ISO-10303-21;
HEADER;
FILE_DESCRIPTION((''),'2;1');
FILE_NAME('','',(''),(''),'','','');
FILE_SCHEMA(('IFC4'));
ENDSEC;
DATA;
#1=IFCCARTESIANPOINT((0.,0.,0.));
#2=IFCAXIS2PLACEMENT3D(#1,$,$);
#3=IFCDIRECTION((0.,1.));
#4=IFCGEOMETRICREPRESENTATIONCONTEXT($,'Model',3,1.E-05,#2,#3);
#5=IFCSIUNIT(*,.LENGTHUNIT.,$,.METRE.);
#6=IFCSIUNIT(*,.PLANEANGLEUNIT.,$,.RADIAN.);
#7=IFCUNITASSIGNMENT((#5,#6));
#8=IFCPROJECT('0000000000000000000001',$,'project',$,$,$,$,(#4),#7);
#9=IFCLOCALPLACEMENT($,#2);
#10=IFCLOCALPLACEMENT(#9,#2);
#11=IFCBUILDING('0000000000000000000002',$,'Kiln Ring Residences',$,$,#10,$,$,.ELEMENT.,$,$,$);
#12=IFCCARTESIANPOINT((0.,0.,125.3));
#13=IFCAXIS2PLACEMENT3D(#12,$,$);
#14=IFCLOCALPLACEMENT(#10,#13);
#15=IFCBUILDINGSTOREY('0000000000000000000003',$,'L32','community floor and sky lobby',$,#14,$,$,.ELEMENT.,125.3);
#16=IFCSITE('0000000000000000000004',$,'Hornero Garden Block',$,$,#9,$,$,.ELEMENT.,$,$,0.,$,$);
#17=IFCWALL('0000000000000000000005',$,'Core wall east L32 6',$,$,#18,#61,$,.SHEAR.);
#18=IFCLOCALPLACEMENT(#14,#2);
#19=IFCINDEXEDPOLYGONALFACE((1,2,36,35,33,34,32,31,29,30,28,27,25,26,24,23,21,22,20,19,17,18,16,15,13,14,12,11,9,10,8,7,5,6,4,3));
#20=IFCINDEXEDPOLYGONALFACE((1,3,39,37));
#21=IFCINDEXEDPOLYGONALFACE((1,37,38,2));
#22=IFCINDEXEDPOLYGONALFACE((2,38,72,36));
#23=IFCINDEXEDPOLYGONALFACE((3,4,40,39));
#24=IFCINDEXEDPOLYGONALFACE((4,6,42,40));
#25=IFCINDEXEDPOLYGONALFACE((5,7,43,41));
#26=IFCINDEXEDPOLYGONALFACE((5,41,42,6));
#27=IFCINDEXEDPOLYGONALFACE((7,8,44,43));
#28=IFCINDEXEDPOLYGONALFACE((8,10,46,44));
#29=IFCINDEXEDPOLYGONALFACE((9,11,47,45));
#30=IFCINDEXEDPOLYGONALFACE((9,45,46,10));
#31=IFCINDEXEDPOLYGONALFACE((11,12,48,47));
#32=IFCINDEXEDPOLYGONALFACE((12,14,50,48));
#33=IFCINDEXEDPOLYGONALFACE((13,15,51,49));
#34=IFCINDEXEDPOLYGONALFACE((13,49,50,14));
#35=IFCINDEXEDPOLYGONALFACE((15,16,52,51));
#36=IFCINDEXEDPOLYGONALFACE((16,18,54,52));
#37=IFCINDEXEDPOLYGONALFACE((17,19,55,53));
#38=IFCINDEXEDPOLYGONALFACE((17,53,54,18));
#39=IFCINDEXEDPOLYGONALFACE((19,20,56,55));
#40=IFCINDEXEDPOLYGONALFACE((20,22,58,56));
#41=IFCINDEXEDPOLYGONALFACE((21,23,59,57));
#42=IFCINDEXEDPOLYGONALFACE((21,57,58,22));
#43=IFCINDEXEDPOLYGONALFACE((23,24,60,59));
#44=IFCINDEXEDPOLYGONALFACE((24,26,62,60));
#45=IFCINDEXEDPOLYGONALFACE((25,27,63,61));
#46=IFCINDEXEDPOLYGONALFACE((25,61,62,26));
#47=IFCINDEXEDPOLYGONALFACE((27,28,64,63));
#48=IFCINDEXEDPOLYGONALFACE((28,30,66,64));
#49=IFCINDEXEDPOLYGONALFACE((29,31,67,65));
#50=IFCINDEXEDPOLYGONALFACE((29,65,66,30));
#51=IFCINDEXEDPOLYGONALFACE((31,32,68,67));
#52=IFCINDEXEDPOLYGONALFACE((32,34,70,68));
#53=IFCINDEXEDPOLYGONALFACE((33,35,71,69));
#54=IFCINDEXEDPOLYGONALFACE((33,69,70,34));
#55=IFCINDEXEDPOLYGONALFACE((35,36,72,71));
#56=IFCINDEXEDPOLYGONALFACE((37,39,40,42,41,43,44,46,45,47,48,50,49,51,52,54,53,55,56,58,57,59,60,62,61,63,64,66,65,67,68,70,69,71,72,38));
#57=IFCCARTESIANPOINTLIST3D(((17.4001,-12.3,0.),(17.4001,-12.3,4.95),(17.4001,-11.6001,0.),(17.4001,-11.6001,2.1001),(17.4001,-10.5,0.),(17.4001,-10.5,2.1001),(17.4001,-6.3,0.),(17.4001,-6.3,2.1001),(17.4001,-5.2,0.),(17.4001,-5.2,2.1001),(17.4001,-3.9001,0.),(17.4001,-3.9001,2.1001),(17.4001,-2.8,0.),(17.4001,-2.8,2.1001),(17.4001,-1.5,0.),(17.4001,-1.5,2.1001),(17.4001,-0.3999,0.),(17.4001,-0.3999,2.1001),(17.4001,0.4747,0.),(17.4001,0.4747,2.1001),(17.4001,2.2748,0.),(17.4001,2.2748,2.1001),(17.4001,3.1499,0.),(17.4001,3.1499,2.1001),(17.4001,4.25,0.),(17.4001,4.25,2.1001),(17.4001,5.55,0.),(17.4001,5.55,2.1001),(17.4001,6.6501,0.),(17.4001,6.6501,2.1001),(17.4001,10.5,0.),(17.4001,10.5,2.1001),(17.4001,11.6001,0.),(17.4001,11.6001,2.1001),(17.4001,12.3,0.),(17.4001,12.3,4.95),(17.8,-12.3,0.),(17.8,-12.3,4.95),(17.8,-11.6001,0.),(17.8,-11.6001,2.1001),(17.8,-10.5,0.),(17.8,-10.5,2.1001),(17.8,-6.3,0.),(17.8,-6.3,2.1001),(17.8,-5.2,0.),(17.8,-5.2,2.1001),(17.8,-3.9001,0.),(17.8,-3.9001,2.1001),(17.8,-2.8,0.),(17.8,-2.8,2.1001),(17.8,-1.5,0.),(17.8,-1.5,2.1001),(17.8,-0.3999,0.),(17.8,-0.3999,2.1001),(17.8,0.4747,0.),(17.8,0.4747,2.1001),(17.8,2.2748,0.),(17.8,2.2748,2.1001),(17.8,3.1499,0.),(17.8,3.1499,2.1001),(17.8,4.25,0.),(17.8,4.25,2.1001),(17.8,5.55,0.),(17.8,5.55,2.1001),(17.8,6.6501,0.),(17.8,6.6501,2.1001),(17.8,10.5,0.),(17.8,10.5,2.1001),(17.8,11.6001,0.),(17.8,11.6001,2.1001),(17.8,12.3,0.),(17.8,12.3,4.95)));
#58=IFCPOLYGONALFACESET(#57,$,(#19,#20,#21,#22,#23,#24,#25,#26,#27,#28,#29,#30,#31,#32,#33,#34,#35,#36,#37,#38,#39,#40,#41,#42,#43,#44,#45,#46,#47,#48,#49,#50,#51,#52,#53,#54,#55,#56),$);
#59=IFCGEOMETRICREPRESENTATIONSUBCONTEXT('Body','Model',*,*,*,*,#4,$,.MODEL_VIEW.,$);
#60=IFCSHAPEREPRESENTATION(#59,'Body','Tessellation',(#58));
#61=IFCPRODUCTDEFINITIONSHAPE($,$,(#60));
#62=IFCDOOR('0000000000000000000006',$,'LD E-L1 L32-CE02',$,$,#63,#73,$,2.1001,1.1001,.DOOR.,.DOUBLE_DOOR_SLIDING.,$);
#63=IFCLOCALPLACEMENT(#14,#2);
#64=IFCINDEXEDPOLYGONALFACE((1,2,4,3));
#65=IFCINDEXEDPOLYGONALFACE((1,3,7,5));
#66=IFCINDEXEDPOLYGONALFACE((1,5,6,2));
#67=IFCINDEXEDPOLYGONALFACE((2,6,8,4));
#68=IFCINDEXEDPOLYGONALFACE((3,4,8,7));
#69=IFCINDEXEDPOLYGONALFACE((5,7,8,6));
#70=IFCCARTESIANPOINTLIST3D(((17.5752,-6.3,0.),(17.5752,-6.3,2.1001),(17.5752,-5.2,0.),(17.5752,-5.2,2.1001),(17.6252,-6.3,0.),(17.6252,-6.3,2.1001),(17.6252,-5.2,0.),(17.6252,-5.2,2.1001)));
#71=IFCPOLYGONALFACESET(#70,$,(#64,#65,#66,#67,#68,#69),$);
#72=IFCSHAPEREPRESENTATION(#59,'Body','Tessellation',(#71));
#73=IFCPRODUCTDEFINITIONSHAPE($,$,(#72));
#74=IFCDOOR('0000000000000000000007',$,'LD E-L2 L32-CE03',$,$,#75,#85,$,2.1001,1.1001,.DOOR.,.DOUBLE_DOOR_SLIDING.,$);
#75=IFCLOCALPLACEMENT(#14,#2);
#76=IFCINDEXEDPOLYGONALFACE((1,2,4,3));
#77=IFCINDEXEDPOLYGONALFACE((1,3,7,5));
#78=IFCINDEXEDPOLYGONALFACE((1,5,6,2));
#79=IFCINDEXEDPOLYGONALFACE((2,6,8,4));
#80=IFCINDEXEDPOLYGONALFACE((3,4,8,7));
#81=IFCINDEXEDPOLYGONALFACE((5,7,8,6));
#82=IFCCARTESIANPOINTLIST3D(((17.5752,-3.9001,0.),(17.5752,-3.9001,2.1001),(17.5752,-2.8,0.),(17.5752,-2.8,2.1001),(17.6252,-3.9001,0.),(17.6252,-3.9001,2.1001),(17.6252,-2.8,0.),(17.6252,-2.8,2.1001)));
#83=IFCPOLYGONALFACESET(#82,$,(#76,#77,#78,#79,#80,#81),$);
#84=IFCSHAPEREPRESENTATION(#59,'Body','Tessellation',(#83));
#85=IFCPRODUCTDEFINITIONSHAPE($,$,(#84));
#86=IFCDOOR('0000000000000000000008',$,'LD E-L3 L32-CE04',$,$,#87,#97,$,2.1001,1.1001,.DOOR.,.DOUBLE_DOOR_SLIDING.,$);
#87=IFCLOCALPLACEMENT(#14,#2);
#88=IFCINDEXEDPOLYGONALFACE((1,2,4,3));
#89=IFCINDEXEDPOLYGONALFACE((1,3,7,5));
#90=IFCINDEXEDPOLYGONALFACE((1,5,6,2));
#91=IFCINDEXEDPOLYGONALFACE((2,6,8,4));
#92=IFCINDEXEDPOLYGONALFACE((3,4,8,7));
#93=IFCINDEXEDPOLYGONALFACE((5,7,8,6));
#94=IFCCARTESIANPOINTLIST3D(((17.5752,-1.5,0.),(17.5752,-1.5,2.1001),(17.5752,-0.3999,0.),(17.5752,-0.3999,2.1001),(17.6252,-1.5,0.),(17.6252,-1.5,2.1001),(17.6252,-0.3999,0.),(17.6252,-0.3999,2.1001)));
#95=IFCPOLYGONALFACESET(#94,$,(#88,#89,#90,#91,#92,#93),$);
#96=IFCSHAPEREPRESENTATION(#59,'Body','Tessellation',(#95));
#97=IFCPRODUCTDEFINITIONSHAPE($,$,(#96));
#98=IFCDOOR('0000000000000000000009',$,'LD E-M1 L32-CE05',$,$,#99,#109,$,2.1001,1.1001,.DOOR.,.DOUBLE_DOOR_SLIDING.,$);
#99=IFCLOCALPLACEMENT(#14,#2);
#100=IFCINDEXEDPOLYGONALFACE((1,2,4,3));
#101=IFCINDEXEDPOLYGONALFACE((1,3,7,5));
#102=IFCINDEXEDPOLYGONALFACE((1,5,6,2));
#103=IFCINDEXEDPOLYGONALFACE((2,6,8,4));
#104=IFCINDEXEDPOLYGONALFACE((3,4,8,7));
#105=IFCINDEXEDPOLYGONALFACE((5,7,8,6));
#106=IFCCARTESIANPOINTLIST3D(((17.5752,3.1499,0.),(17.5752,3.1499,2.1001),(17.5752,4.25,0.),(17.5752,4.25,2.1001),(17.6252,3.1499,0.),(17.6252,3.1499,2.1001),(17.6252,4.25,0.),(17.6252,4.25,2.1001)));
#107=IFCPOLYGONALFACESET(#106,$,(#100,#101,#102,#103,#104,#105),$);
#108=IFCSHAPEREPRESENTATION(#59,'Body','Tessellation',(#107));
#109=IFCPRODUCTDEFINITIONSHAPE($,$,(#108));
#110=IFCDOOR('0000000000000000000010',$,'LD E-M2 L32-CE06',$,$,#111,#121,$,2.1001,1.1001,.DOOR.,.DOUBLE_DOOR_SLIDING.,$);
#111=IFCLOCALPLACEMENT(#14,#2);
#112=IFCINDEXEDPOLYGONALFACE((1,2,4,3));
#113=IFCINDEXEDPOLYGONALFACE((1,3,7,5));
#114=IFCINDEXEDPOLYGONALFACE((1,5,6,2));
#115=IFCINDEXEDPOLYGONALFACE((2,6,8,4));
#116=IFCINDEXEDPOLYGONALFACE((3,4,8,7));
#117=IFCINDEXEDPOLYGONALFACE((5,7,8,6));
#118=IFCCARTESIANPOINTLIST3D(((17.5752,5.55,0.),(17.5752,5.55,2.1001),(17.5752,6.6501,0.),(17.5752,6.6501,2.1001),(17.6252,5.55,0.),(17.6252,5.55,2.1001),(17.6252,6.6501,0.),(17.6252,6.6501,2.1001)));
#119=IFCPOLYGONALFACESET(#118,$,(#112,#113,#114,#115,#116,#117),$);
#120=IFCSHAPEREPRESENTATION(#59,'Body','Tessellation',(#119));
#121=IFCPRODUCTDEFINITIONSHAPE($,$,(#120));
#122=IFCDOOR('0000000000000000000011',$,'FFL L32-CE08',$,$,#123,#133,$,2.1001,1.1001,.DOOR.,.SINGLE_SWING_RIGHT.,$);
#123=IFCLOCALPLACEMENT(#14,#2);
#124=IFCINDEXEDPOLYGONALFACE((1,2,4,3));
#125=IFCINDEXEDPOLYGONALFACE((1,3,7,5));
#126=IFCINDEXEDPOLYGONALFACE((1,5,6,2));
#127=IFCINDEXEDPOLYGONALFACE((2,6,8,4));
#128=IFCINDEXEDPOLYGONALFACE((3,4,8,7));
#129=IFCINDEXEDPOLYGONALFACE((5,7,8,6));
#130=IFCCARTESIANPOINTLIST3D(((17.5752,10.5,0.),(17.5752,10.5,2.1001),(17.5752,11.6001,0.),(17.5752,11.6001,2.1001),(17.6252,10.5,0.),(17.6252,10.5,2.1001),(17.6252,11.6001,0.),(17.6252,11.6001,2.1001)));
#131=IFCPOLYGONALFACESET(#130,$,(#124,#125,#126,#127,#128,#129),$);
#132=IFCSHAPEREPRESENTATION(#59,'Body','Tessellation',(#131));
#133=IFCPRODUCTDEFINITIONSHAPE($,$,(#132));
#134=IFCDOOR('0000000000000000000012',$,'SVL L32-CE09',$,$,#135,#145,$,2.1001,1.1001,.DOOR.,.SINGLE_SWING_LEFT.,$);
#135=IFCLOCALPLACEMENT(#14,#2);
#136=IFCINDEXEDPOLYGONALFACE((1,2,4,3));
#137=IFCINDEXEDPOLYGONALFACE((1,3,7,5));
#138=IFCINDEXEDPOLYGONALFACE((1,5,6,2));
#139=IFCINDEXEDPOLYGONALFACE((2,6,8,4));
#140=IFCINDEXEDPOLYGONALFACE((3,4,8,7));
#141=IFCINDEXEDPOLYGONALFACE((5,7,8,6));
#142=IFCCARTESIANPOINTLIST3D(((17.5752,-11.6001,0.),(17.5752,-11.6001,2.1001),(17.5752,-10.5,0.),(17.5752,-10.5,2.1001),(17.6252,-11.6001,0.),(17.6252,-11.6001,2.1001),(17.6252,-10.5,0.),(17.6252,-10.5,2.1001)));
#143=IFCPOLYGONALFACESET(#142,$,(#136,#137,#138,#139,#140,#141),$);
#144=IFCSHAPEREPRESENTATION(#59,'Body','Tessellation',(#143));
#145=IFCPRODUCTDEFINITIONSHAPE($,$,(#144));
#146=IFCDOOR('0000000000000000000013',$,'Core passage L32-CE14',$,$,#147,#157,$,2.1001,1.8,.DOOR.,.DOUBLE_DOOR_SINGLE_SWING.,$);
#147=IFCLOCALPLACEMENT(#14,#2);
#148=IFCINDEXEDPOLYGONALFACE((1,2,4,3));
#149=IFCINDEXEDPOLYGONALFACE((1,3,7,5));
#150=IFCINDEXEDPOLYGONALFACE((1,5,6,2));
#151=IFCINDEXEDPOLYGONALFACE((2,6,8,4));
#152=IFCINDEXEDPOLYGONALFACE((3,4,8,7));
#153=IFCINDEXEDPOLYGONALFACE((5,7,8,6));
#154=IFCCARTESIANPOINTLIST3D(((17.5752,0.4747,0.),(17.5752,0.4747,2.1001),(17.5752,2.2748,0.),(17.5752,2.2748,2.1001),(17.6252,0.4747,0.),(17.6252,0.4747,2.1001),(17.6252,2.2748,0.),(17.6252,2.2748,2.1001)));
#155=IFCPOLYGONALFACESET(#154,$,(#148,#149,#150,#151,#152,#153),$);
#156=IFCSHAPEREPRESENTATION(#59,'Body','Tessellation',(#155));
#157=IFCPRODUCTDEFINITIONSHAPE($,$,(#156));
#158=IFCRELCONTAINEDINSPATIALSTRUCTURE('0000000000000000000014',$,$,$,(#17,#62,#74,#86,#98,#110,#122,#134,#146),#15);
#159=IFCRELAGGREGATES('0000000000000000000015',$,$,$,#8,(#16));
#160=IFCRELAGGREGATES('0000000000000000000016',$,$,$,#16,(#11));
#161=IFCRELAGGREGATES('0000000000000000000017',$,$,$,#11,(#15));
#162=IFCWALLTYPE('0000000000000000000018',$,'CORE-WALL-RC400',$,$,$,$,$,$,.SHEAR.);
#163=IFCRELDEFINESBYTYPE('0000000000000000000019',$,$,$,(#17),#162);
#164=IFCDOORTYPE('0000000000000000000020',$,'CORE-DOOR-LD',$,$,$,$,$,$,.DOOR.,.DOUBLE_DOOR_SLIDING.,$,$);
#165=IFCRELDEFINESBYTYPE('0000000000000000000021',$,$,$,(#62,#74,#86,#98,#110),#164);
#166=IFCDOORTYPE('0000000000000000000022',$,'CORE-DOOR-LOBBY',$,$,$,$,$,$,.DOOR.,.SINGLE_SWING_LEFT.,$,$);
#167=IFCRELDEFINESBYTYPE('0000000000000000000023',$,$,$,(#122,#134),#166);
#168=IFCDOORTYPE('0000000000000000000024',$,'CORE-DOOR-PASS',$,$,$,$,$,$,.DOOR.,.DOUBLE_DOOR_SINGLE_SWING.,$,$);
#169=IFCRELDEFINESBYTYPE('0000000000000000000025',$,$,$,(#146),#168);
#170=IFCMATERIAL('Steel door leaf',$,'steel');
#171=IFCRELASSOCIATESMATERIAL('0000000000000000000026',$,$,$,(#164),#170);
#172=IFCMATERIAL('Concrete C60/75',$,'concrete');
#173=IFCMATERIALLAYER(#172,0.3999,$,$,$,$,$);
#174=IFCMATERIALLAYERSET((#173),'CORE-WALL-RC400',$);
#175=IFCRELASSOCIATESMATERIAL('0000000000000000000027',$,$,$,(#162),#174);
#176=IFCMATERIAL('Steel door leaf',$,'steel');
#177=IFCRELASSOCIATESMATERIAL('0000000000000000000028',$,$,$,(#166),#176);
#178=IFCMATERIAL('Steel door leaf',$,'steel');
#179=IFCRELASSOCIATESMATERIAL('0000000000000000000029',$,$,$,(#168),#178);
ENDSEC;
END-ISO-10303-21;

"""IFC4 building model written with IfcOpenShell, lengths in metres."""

from ifc_helpers import new_model, si_unit, direction, frame, frame_2d, origin, place, context, subcontext, project, spatial, rectangle, extrude, material, layer, layer_set, type_object, element, fill, save


model = new_model("IFC4")

# Units and contexts
model_context = context("Model", 3, precision=1e-05, world=origin(), true_north=direction((0.0, 1.0)))
body_context = subcontext(model_context, "Body", "Model", "MODEL_VIEW")
ifc_project = project(units=[si_unit("LENGTHUNIT", "METRE"), si_unit("PLANEANGLEUNIT", "RADIAN")], contexts=[model_context])

# Site, building, storey
site_placement = place(None, origin())
site = spatial("IfcSite", under=ifc_project, at=site_placement, Name="Hornero Garden Block", CompositionType="ELEMENT", RefElevation=0.0)
building_placement = place(site_placement, origin())
building = spatial("IfcBuilding", under=site, at=building_placement, Name="Kiln Ring Residences", CompositionType="ELEMENT")
storey_placement = place(building_placement, frame((0.0, 0.0, 125.3)))
storey = spatial("IfcBuildingStorey", under=building, at=storey_placement, Name="L32", Description="community floor and sky lobby", CompositionType="ELEMENT", Elevation=125.3)

# Shared definitions
ifc_material_1 = material(Name="Steel door leaf", Category="steel")
door_type_1 = type_object("IfcDoorType", Name="CORE-DOOR-LD", OperationType="DOUBLE_DOOR_SLIDING", PredefinedType="DOOR", material=ifc_material_1)

# Wall, openings, doors
ifc_material_2 = material(Name="Concrete C60/75", Category="concrete")
ifc_layer_1 = layer(ifc_material_2, 0.3999)
ifc_layer_set_1 = layer_set([ifc_layer_1], Name="CORE-WALL-RC400")
wall_type_1 = type_object("IfcWallType", Name="CORE-WALL-RC400", PredefinedType="SHEAR", material=ifc_layer_set_1)
wall_1_placement = place(storey_placement, frame((17.6001, -12.3, 0.0), z_axis=(0.0, 0.0, 1.0), x_axis=(0.0, 1.0, 0.0)))
wall_1 = element("IfcWall", 1, at=wall_1_placement, inside=storey, type_object=wall_type_1, Name="Core wall east L32 6", PredefinedType="SHEAR", context=body_context, shape_type="SweptSolid", body=[
    extrude(rectangle(XDim=24.6001, YDim=0.3999, at=frame_2d((12.3, 0.0))), origin(), (0.0, 0.0, 1.0), 4.95),
])
opening_1_placement = place(wall_1_placement, frame((6.0, 0.0, 0.0)))
opening_1 = element("IfcOpeningElement", 2, at=opening_1_placement, cuts=wall_1, PredefinedType="OPENING", context=body_context, shape_type="SweptSolid", body=[
    extrude(rectangle(XDim=1.1001, YDim=2.1001, at=frame_2d((0.55, 1.05))), frame((0.0, 0.21, 0.0), z_axis=(0.0, -1.0, 0.0), x_axis=(1.0, 0.0, 0.0)), (0.0, 0.0, 1.0), 0.4199),
])
opening_2_placement = place(wall_1_placement, frame((8.3999, 0.0, 0.0)))
opening_2 = element("IfcOpeningElement", 3, at=opening_2_placement, cuts=wall_1, PredefinedType="OPENING", context=body_context, shape_type="SweptSolid", body=[
    extrude(rectangle(XDim=1.1001, YDim=2.1001, at=frame_2d((0.55, 1.05))), frame((0.0, 0.21, 0.0), z_axis=(0.0, -1.0, 0.0), x_axis=(1.0, 0.0, 0.0)), (0.0, 0.0, 1.0), 0.4199),
])
opening_3_placement = place(wall_1_placement, frame((10.8, 0.0, 0.0)))
opening_3 = element("IfcOpeningElement", 4, at=opening_3_placement, cuts=wall_1, PredefinedType="OPENING", context=body_context, shape_type="SweptSolid", body=[
    extrude(rectangle(XDim=1.1001, YDim=2.1001, at=frame_2d((0.55, 1.05))), frame((0.0, 0.21, 0.0), z_axis=(0.0, -1.0, 0.0), x_axis=(1.0, 0.0, 0.0)), (0.0, 0.0, 1.0), 0.4199),
])
opening_4_placement = place(wall_1_placement, frame((15.45, 0.0, 0.0)))
opening_4 = element("IfcOpeningElement", 5, at=opening_4_placement, cuts=wall_1, PredefinedType="OPENING", context=body_context, shape_type="SweptSolid", body=[
    extrude(rectangle(XDim=1.1001, YDim=2.1001, at=frame_2d((0.55, 1.05))), frame((0.0, 0.21, 0.0), z_axis=(0.0, -1.0, 0.0), x_axis=(1.0, 0.0, 0.0)), (0.0, 0.0, 1.0), 0.4199),
])
opening_5_placement = place(wall_1_placement, frame((17.8501, 0.0, 0.0)))
opening_5 = element("IfcOpeningElement", 6, at=opening_5_placement, cuts=wall_1, PredefinedType="OPENING", context=body_context, shape_type="SweptSolid", body=[
    extrude(rectangle(XDim=1.1001, YDim=2.1001, at=frame_2d((0.55, 1.05))), frame((0.0, 0.21, 0.0), z_axis=(0.0, -1.0, 0.0), x_axis=(1.0, 0.0, 0.0)), (0.0, 0.0, 1.0), 0.4199),
])
opening_6_placement = place(wall_1_placement, frame((22.8, 0.0, 0.0)))
opening_6 = element("IfcOpeningElement", 7, at=opening_6_placement, cuts=wall_1, PredefinedType="OPENING", context=body_context, shape_type="SweptSolid", body=[
    extrude(rectangle(XDim=1.1001, YDim=2.1001, at=frame_2d((0.55, 1.05))), frame((0.0, 0.21, 0.0), z_axis=(0.0, -1.0, 0.0), x_axis=(1.0, 0.0, 0.0)), (0.0, 0.0, 1.0), 0.4199),
])
opening_7_placement = place(wall_1_placement, frame((0.7, 0.0, 0.0)))
opening_7 = element("IfcOpeningElement", 8, at=opening_7_placement, cuts=wall_1, PredefinedType="OPENING", context=body_context, shape_type="SweptSolid", body=[
    extrude(rectangle(XDim=1.1001, YDim=2.1001, at=frame_2d((0.55, 1.05))), frame((0.0, 0.21, 0.0), z_axis=(0.0, -1.0, 0.0), x_axis=(1.0, 0.0, 0.0)), (0.0, 0.0, 1.0), 0.4199),
])
opening_8_placement = place(wall_1_placement, frame((12.7749, 0.0, 0.0)))
opening_8 = element("IfcOpeningElement", 9, at=opening_8_placement, cuts=wall_1, PredefinedType="OPENING", context=body_context, shape_type="SweptSolid", body=[
    extrude(rectangle(XDim=1.8, YDim=2.1001, at=frame_2d((0.8999, 1.05))), frame((0.0, 0.21, 0.0), z_axis=(0.0, -1.0, 0.0), x_axis=(1.0, 0.0, 0.0)), (0.0, 0.0, 1.0), 0.4199),
])
door_1_placement = place(opening_1_placement, origin())
door_1 = element("IfcDoor", 10, at=door_1_placement, inside=storey, type_object=door_type_1, Name="LD E-L1 L32-CE02", OperationType="DOUBLE_DOOR_SLIDING", OverallHeight=2.1001, OverallWidth=1.1001, PredefinedType="DOOR", context=body_context, shape_type="SweptSolid", body=[
    extrude(rectangle(XDim=1.1001, YDim=2.1001, at=frame_2d((0.55, 1.05))), frame((0.0, 0.0249, 0.0), z_axis=(0.0, -1.0, 0.0), x_axis=(1.0, 0.0, 0.0)), (0.0, 0.0, 1.0), 0.05),
])
fill(opening_1, door_1)
door_2_placement = place(opening_2_placement, origin())
door_2 = element("IfcDoor", 11, at=door_2_placement, inside=storey, type_object=door_type_1, Name="LD E-L2 L32-CE03", OperationType="DOUBLE_DOOR_SLIDING", OverallHeight=2.1001, OverallWidth=1.1001, PredefinedType="DOOR", context=body_context, shape_type="SweptSolid", body=[
    extrude(rectangle(XDim=1.1001, YDim=2.1001, at=frame_2d((0.55, 1.05))), frame((0.0, 0.0249, 0.0), z_axis=(0.0, -1.0, 0.0), x_axis=(1.0, 0.0, 0.0)), (0.0, 0.0, 1.0), 0.05),
])
fill(opening_2, door_2)
door_3_placement = place(opening_3_placement, origin())
door_3 = element("IfcDoor", 12, at=door_3_placement, inside=storey, type_object=door_type_1, Name="LD E-L3 L32-CE04", OperationType="DOUBLE_DOOR_SLIDING", OverallHeight=2.1001, OverallWidth=1.1001, PredefinedType="DOOR", context=body_context, shape_type="SweptSolid", body=[
    extrude(rectangle(XDim=1.1001, YDim=2.1001, at=frame_2d((0.55, 1.05))), frame((0.0, 0.0249, 0.0), z_axis=(0.0, -1.0, 0.0), x_axis=(1.0, 0.0, 0.0)), (0.0, 0.0, 1.0), 0.05),
])
fill(opening_3, door_3)
door_4_placement = place(opening_4_placement, origin())
door_4 = element("IfcDoor", 13, at=door_4_placement, inside=storey, type_object=door_type_1, Name="LD E-M1 L32-CE05", OperationType="DOUBLE_DOOR_SLIDING", OverallHeight=2.1001, OverallWidth=1.1001, PredefinedType="DOOR", context=body_context, shape_type="SweptSolid", body=[
    extrude(rectangle(XDim=1.1001, YDim=2.1001, at=frame_2d((0.55, 1.05))), frame((0.0, 0.0249, 0.0), z_axis=(0.0, -1.0, 0.0), x_axis=(1.0, 0.0, 0.0)), (0.0, 0.0, 1.0), 0.05),
])
fill(opening_4, door_4)
door_5_placement = place(opening_5_placement, origin())
door_5 = element("IfcDoor", 14, at=door_5_placement, inside=storey, type_object=door_type_1, Name="LD E-M2 L32-CE06", OperationType="DOUBLE_DOOR_SLIDING", OverallHeight=2.1001, OverallWidth=1.1001, PredefinedType="DOOR", context=body_context, shape_type="SweptSolid", body=[
    extrude(rectangle(XDim=1.1001, YDim=2.1001, at=frame_2d((0.55, 1.05))), frame((0.0, 0.0249, 0.0), z_axis=(0.0, -1.0, 0.0), x_axis=(1.0, 0.0, 0.0)), (0.0, 0.0, 1.0), 0.05),
])
fill(opening_5, door_5)
ifc_material_3 = material(Name="Steel door leaf", Category="steel")
door_type_2 = type_object("IfcDoorType", Name="CORE-DOOR-LOBBY", OperationType="SINGLE_SWING_LEFT", PredefinedType="DOOR", material=ifc_material_3)
door_6_placement = place(opening_6_placement, origin())
door_6 = element("IfcDoor", 15, at=door_6_placement, inside=storey, type_object=door_type_2, Name="FFL L32-CE08", OperationType="SINGLE_SWING_RIGHT", OverallHeight=2.1001, OverallWidth=1.1001, PredefinedType="DOOR", context=body_context, shape_type="SweptSolid", body=[
    extrude(rectangle(XDim=1.1001, YDim=2.1001, at=frame_2d((0.55, 1.05))), frame((0.0, 0.0249, 0.0), z_axis=(0.0, -1.0, 0.0), x_axis=(1.0, 0.0, 0.0)), (0.0, 0.0, 1.0), 0.05),
])
fill(opening_6, door_6)
door_7_placement = place(opening_7_placement, origin())
door_7 = element("IfcDoor", 16, at=door_7_placement, inside=storey, type_object=door_type_2, Name="SVL L32-CE09", OperationType="SINGLE_SWING_LEFT", OverallHeight=2.1001, OverallWidth=1.1001, PredefinedType="DOOR", context=body_context, shape_type="SweptSolid", body=[
    extrude(rectangle(XDim=1.1001, YDim=2.1001, at=frame_2d((0.55, 1.05))), frame((0.0, 0.0249, 0.0), z_axis=(0.0, -1.0, 0.0), x_axis=(1.0, 0.0, 0.0)), (0.0, 0.0, 1.0), 0.05),
])
fill(opening_7, door_7)
ifc_material_4 = material(Name="Steel door leaf", Category="steel")
door_type_3 = type_object("IfcDoorType", Name="CORE-DOOR-PASS", OperationType="DOUBLE_DOOR_SINGLE_SWING", PredefinedType="DOOR", material=ifc_material_4)
door_8_placement = place(opening_8_placement, origin())
door_8 = element("IfcDoor", 17, at=door_8_placement, inside=storey, type_object=door_type_3, Name="Core passage L32-CE14", OperationType="DOUBLE_DOOR_SINGLE_SWING", OverallHeight=2.1001, OverallWidth=1.8, PredefinedType="DOOR", context=body_context, shape_type="SweptSolid", body=[
    extrude(rectangle(XDim=1.8, YDim=2.1001, at=frame_2d((0.8999, 1.05))), frame((0.0, 0.0249, 0.0), z_axis=(0.0, -1.0, 0.0), x_axis=(1.0, 0.0, 0.0)), (0.0, 0.0, 1.0), 0.05),
])
fill(opening_8, door_8)

save(model, "model.ifc")
